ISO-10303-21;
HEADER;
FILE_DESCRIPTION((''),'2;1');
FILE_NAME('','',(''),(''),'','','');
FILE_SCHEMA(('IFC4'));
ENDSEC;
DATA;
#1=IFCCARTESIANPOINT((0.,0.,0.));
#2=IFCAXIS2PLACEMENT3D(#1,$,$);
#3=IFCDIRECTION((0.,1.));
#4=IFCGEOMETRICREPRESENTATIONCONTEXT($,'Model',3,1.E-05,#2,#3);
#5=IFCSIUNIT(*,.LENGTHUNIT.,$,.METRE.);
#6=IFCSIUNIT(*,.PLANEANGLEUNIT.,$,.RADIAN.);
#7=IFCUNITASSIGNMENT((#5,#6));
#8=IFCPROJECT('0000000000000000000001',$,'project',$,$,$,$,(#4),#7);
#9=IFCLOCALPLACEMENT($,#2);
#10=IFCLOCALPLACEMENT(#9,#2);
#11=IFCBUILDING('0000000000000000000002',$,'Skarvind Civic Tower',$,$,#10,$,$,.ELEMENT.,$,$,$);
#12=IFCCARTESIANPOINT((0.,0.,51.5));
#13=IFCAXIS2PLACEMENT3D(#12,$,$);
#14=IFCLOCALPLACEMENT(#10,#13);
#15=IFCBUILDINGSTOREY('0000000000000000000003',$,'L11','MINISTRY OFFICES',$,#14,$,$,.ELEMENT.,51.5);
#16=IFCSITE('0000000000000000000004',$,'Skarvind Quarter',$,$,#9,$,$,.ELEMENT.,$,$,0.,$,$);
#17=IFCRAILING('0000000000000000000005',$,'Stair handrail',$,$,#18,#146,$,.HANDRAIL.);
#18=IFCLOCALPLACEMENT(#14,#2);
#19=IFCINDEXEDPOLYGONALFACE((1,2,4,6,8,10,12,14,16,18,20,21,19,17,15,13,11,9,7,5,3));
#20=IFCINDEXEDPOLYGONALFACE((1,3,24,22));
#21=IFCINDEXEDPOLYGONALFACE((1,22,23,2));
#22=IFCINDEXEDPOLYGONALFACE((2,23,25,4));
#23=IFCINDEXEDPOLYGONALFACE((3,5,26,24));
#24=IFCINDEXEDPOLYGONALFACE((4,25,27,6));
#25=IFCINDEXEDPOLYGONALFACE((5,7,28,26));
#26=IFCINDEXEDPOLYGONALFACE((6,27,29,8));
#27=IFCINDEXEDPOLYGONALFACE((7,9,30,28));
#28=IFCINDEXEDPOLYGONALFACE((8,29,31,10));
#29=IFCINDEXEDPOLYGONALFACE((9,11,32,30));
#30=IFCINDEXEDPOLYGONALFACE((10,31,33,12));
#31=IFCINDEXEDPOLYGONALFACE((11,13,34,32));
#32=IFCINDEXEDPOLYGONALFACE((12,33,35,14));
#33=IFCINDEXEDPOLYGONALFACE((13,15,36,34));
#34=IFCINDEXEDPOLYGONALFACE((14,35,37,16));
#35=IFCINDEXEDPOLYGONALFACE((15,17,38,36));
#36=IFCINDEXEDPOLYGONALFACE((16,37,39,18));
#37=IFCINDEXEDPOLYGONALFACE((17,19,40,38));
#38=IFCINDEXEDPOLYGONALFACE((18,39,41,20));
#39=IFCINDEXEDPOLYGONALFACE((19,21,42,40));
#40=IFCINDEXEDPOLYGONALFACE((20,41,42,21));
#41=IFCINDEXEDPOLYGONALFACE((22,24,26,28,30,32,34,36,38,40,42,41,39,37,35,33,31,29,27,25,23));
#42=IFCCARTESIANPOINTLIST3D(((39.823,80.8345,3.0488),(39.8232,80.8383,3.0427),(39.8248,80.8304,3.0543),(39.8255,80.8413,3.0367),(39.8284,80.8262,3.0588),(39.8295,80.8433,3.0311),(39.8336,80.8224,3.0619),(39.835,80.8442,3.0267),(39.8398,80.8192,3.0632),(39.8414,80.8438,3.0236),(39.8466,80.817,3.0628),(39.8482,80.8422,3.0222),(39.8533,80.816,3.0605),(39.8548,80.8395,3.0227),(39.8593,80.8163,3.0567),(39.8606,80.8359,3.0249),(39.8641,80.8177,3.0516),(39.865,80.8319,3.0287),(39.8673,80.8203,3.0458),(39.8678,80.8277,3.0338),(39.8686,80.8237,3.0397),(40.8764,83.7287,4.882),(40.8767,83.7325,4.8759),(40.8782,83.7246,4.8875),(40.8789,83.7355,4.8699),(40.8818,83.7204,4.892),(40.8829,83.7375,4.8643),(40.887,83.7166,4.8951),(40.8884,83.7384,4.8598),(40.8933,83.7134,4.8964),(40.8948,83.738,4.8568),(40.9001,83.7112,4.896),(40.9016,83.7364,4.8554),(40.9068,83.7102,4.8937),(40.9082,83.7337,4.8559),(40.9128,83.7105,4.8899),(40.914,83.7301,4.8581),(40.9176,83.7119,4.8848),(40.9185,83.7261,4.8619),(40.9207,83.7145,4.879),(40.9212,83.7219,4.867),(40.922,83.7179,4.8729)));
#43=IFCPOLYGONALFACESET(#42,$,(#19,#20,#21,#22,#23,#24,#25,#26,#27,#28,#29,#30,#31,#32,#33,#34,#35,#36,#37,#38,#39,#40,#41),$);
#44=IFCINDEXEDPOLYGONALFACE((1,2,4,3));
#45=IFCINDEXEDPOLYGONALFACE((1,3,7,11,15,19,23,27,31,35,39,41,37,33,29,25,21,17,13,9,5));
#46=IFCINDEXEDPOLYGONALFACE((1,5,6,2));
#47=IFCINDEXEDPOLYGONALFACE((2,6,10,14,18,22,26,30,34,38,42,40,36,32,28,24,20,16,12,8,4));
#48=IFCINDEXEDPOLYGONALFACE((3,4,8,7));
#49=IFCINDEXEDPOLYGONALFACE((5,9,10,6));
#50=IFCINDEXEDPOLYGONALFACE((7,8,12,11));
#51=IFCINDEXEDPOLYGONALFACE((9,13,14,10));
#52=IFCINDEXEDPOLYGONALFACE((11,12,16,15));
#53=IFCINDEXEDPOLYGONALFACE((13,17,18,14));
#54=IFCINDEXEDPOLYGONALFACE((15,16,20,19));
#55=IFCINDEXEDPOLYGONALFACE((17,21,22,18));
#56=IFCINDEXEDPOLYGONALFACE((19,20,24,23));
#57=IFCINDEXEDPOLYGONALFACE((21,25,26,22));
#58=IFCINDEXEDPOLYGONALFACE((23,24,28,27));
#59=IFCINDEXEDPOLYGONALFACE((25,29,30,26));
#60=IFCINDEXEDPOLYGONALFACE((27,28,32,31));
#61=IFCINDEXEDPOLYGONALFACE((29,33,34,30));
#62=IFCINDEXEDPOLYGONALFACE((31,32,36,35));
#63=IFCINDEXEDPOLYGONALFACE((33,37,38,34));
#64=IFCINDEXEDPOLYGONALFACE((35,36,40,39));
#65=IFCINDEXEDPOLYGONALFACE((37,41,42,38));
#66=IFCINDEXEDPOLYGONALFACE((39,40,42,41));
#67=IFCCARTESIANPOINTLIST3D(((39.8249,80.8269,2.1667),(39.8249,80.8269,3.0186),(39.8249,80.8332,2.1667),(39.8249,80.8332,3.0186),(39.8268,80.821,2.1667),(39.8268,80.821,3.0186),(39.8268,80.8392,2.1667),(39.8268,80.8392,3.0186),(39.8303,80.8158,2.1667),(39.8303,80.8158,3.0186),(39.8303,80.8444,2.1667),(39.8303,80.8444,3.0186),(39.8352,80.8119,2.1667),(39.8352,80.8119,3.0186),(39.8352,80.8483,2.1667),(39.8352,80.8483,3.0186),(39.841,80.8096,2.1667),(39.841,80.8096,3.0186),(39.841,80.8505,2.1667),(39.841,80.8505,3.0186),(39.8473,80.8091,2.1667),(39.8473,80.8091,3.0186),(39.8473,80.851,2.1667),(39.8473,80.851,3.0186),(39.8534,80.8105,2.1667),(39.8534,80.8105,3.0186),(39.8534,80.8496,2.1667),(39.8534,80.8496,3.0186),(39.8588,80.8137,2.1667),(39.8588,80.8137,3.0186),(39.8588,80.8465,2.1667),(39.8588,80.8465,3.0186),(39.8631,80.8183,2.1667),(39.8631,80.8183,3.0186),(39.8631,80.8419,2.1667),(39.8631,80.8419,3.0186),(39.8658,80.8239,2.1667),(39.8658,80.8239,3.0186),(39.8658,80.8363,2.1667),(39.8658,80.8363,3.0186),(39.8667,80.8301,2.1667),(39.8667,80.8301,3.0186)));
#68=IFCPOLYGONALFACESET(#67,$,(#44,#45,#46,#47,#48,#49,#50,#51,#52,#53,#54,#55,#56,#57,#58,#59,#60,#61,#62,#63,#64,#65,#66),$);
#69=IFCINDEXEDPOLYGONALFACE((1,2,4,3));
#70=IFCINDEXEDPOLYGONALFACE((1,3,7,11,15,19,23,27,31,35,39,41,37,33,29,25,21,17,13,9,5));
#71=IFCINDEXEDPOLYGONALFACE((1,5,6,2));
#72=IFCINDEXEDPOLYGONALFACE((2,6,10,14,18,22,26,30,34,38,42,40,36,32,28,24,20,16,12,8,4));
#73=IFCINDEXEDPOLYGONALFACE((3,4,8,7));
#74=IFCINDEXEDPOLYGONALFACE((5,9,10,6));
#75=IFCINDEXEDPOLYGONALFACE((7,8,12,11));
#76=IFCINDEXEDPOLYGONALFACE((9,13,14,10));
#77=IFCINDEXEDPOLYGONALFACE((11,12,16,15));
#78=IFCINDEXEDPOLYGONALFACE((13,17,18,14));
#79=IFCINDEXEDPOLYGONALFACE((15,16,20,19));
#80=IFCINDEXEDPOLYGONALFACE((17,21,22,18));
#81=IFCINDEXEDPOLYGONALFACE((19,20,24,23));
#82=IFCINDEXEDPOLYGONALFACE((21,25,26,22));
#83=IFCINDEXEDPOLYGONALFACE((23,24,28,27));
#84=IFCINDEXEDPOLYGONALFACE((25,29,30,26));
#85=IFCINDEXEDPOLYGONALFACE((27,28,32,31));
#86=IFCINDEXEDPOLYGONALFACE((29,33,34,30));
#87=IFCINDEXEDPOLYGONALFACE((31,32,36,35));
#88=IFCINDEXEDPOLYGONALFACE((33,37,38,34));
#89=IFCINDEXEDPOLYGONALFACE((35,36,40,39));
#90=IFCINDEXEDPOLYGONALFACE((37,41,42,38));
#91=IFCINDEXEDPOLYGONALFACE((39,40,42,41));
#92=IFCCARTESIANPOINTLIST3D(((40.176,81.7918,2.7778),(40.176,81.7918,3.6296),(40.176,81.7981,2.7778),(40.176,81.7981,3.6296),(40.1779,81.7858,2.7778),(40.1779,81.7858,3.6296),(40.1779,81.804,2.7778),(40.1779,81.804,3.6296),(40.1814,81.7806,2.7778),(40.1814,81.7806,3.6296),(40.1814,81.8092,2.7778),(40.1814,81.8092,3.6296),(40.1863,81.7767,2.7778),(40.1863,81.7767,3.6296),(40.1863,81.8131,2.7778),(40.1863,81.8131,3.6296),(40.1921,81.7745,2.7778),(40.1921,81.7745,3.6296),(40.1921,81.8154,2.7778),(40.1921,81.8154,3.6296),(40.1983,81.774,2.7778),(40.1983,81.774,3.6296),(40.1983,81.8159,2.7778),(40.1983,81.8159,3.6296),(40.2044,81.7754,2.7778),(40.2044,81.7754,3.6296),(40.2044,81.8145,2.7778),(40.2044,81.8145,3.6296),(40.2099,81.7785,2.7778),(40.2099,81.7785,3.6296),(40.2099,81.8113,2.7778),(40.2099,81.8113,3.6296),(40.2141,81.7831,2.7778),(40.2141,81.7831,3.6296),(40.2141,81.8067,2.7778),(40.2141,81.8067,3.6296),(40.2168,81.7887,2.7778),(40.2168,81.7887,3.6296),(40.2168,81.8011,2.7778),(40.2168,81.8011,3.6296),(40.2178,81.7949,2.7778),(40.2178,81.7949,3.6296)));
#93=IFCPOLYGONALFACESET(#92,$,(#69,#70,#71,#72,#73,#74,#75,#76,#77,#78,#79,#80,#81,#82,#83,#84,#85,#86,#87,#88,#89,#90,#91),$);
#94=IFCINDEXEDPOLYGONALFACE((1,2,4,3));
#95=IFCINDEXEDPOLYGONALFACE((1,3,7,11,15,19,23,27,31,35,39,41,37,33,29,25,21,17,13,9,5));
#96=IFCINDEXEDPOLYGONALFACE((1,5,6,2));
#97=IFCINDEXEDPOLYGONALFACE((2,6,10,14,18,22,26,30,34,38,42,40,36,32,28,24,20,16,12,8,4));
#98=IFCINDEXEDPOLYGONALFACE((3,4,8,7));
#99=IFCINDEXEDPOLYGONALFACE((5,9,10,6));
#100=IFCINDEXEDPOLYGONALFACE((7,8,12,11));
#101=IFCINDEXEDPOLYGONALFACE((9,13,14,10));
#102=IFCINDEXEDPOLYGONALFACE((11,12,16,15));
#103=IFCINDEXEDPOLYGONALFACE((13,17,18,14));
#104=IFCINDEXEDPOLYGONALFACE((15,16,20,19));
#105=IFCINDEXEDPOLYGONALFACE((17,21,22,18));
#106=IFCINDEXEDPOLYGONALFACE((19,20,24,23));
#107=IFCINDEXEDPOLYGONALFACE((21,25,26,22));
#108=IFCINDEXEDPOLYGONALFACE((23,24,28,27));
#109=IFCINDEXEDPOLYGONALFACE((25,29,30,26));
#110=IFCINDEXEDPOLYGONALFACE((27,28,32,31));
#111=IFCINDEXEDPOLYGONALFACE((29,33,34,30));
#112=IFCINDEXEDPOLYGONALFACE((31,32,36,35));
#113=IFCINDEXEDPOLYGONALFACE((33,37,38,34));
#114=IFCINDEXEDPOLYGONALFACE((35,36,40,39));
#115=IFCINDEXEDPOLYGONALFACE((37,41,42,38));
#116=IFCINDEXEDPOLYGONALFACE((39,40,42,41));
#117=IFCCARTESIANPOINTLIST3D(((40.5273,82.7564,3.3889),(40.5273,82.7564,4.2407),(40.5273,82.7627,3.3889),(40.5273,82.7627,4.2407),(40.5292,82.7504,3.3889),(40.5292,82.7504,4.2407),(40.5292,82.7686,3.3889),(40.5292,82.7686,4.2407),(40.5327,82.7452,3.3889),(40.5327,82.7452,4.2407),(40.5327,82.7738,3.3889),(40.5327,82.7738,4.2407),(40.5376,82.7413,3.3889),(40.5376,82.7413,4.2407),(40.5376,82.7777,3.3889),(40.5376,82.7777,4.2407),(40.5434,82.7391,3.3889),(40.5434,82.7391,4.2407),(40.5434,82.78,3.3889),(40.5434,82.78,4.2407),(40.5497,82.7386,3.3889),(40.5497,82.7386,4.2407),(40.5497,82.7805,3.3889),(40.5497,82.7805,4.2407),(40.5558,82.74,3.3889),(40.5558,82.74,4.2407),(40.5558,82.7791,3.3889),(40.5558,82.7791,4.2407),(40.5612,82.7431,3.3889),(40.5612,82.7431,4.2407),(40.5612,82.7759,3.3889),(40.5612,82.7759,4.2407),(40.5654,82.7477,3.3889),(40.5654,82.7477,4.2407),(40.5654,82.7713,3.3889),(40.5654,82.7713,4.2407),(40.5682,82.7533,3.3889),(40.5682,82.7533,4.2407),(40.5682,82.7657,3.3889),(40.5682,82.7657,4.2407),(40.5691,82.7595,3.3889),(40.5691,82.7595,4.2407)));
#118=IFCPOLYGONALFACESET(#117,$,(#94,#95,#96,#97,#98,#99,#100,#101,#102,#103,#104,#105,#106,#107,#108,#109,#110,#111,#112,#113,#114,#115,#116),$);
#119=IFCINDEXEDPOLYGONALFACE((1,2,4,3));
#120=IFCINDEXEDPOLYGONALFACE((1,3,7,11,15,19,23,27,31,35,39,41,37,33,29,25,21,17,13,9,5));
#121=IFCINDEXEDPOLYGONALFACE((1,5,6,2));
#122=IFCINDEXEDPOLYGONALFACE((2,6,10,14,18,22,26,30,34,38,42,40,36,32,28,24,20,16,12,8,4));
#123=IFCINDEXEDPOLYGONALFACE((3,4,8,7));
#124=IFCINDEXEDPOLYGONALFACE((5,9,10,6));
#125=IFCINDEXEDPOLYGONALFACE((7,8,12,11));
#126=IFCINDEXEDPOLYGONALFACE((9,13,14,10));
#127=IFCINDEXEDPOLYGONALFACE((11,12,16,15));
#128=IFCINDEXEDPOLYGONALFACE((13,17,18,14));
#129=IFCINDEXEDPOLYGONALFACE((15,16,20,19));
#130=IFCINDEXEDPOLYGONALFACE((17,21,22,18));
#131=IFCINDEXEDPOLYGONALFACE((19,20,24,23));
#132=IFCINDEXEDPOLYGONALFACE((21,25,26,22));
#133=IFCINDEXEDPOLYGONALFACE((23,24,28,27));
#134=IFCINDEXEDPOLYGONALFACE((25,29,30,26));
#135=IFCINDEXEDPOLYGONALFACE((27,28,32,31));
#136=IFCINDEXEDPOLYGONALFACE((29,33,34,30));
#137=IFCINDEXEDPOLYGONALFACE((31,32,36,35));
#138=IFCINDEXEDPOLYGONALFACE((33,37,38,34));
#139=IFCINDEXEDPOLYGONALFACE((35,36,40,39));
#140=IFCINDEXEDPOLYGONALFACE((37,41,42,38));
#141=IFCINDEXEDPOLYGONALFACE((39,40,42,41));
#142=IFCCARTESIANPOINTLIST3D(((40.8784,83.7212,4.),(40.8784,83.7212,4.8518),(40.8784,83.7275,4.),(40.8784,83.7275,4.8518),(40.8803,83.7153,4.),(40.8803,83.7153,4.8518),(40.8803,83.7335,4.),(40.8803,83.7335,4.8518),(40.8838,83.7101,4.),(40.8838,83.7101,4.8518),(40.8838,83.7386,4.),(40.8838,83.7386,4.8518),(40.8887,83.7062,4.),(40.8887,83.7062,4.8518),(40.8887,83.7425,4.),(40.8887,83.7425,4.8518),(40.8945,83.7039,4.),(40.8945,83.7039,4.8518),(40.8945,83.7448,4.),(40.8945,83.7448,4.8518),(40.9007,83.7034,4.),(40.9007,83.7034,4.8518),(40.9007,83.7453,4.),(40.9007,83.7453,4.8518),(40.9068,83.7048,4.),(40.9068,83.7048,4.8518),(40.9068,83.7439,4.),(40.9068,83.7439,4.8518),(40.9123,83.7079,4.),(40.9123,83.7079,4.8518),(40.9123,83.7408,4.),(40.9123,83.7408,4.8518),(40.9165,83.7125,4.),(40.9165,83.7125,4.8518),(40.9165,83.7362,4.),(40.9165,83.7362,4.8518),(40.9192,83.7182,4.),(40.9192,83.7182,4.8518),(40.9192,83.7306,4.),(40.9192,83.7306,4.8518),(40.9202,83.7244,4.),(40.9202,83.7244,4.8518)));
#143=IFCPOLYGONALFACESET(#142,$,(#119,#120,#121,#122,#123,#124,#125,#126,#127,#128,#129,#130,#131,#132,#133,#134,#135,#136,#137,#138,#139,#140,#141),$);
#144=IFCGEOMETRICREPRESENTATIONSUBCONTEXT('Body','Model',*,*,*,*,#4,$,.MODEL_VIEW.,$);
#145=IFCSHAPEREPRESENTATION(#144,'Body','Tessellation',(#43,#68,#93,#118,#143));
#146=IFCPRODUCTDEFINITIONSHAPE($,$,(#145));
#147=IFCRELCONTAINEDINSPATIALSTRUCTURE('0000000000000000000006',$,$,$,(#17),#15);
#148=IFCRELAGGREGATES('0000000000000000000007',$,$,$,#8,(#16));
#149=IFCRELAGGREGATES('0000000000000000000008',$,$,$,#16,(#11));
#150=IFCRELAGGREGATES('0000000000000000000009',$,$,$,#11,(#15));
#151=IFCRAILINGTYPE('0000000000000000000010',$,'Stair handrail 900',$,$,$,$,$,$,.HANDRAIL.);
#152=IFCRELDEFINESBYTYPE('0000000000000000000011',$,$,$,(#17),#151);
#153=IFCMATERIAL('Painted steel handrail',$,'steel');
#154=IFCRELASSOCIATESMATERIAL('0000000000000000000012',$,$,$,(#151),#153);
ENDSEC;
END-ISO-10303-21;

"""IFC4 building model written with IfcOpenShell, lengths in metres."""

from ifc_helpers import new_model, si_unit, direction, frame, origin, origin_2d, place, context, subcontext, project, spatial, circle, extrude, material, type_object, element, save


model = new_model("IFC4")

# Units and contexts
model_context = context("Model", 3, precision=1e-05, world=origin(), true_north=direction((0.0, 1.0)))
body_context = subcontext(model_context, "Body", "Model", "MODEL_VIEW")
ifc_project = project(units=[si_unit("LENGTHUNIT", "METRE"), si_unit("PLANEANGLEUNIT", "RADIAN")], contexts=[model_context])

# Site, building, storey
site_placement = place(None, origin())
site = spatial("IfcSite", under=ifc_project, at=site_placement, Name="Skarvind Quarter", CompositionType="ELEMENT", RefElevation=0.0)
building_placement = place(site_placement, origin())
building = spatial("IfcBuilding", under=site, at=building_placement, Name="Skarvind Civic Tower", CompositionType="ELEMENT")
storey_placement = place(building_placement, frame((0.0, 0.0, 51.5)))
storey = spatial("IfcBuildingStorey", under=building, at=storey_placement, Name="L11", Description="MINISTRY OFFICES", CompositionType="ELEMENT", Elevation=51.5)

# Railing
ifc_material_1 = material(Name="Painted steel handrail", Category="steel")
railing_type = type_object("IfcRailingType", Name="Stair handrail 900", PredefinedType="HANDRAIL", material=ifc_material_1)
railing_1_placement = place(storey_placement, frame((39.8457, 80.8301, 2.1667)))
element("IfcRailing", 1, at=railing_1_placement, inside=storey, type_object=railing_type, Name="Stair handrail", PredefinedType="HANDRAIL", context=body_context, shape_type="SweptSolid", body=[
    extrude(circle(Radius=0.0239, at=origin_2d()), frame((0.0, 0.0, 0.876), z_axis=(0.293908, 0.807481, 0.511461), x_axis=(-0.939689, 0.342029, 0.0)), (0.0, 0.0, 1.0), 3.5842),
    extrude(circle(Radius=0.021, at=origin_2d()), origin(), (0.0, 0.0, 1.0), 0.8518),
    extrude(circle(Radius=0.021, at=origin_2d()), frame((0.3511, 0.9648, 0.6111)), (0.0, 0.0, 1.0), 0.8518),
    extrude(circle(Radius=0.021, at=origin_2d()), frame((0.7024, 1.9294, 1.2222)), (0.0, 0.0, 1.0), 0.8518),
    extrude(circle(Radius=0.021, at=origin_2d()), frame((1.0535, 2.8943, 1.8333)), (0.0, 0.0, 1.0), 0.8518),
])

save(model, "model.ifc")
